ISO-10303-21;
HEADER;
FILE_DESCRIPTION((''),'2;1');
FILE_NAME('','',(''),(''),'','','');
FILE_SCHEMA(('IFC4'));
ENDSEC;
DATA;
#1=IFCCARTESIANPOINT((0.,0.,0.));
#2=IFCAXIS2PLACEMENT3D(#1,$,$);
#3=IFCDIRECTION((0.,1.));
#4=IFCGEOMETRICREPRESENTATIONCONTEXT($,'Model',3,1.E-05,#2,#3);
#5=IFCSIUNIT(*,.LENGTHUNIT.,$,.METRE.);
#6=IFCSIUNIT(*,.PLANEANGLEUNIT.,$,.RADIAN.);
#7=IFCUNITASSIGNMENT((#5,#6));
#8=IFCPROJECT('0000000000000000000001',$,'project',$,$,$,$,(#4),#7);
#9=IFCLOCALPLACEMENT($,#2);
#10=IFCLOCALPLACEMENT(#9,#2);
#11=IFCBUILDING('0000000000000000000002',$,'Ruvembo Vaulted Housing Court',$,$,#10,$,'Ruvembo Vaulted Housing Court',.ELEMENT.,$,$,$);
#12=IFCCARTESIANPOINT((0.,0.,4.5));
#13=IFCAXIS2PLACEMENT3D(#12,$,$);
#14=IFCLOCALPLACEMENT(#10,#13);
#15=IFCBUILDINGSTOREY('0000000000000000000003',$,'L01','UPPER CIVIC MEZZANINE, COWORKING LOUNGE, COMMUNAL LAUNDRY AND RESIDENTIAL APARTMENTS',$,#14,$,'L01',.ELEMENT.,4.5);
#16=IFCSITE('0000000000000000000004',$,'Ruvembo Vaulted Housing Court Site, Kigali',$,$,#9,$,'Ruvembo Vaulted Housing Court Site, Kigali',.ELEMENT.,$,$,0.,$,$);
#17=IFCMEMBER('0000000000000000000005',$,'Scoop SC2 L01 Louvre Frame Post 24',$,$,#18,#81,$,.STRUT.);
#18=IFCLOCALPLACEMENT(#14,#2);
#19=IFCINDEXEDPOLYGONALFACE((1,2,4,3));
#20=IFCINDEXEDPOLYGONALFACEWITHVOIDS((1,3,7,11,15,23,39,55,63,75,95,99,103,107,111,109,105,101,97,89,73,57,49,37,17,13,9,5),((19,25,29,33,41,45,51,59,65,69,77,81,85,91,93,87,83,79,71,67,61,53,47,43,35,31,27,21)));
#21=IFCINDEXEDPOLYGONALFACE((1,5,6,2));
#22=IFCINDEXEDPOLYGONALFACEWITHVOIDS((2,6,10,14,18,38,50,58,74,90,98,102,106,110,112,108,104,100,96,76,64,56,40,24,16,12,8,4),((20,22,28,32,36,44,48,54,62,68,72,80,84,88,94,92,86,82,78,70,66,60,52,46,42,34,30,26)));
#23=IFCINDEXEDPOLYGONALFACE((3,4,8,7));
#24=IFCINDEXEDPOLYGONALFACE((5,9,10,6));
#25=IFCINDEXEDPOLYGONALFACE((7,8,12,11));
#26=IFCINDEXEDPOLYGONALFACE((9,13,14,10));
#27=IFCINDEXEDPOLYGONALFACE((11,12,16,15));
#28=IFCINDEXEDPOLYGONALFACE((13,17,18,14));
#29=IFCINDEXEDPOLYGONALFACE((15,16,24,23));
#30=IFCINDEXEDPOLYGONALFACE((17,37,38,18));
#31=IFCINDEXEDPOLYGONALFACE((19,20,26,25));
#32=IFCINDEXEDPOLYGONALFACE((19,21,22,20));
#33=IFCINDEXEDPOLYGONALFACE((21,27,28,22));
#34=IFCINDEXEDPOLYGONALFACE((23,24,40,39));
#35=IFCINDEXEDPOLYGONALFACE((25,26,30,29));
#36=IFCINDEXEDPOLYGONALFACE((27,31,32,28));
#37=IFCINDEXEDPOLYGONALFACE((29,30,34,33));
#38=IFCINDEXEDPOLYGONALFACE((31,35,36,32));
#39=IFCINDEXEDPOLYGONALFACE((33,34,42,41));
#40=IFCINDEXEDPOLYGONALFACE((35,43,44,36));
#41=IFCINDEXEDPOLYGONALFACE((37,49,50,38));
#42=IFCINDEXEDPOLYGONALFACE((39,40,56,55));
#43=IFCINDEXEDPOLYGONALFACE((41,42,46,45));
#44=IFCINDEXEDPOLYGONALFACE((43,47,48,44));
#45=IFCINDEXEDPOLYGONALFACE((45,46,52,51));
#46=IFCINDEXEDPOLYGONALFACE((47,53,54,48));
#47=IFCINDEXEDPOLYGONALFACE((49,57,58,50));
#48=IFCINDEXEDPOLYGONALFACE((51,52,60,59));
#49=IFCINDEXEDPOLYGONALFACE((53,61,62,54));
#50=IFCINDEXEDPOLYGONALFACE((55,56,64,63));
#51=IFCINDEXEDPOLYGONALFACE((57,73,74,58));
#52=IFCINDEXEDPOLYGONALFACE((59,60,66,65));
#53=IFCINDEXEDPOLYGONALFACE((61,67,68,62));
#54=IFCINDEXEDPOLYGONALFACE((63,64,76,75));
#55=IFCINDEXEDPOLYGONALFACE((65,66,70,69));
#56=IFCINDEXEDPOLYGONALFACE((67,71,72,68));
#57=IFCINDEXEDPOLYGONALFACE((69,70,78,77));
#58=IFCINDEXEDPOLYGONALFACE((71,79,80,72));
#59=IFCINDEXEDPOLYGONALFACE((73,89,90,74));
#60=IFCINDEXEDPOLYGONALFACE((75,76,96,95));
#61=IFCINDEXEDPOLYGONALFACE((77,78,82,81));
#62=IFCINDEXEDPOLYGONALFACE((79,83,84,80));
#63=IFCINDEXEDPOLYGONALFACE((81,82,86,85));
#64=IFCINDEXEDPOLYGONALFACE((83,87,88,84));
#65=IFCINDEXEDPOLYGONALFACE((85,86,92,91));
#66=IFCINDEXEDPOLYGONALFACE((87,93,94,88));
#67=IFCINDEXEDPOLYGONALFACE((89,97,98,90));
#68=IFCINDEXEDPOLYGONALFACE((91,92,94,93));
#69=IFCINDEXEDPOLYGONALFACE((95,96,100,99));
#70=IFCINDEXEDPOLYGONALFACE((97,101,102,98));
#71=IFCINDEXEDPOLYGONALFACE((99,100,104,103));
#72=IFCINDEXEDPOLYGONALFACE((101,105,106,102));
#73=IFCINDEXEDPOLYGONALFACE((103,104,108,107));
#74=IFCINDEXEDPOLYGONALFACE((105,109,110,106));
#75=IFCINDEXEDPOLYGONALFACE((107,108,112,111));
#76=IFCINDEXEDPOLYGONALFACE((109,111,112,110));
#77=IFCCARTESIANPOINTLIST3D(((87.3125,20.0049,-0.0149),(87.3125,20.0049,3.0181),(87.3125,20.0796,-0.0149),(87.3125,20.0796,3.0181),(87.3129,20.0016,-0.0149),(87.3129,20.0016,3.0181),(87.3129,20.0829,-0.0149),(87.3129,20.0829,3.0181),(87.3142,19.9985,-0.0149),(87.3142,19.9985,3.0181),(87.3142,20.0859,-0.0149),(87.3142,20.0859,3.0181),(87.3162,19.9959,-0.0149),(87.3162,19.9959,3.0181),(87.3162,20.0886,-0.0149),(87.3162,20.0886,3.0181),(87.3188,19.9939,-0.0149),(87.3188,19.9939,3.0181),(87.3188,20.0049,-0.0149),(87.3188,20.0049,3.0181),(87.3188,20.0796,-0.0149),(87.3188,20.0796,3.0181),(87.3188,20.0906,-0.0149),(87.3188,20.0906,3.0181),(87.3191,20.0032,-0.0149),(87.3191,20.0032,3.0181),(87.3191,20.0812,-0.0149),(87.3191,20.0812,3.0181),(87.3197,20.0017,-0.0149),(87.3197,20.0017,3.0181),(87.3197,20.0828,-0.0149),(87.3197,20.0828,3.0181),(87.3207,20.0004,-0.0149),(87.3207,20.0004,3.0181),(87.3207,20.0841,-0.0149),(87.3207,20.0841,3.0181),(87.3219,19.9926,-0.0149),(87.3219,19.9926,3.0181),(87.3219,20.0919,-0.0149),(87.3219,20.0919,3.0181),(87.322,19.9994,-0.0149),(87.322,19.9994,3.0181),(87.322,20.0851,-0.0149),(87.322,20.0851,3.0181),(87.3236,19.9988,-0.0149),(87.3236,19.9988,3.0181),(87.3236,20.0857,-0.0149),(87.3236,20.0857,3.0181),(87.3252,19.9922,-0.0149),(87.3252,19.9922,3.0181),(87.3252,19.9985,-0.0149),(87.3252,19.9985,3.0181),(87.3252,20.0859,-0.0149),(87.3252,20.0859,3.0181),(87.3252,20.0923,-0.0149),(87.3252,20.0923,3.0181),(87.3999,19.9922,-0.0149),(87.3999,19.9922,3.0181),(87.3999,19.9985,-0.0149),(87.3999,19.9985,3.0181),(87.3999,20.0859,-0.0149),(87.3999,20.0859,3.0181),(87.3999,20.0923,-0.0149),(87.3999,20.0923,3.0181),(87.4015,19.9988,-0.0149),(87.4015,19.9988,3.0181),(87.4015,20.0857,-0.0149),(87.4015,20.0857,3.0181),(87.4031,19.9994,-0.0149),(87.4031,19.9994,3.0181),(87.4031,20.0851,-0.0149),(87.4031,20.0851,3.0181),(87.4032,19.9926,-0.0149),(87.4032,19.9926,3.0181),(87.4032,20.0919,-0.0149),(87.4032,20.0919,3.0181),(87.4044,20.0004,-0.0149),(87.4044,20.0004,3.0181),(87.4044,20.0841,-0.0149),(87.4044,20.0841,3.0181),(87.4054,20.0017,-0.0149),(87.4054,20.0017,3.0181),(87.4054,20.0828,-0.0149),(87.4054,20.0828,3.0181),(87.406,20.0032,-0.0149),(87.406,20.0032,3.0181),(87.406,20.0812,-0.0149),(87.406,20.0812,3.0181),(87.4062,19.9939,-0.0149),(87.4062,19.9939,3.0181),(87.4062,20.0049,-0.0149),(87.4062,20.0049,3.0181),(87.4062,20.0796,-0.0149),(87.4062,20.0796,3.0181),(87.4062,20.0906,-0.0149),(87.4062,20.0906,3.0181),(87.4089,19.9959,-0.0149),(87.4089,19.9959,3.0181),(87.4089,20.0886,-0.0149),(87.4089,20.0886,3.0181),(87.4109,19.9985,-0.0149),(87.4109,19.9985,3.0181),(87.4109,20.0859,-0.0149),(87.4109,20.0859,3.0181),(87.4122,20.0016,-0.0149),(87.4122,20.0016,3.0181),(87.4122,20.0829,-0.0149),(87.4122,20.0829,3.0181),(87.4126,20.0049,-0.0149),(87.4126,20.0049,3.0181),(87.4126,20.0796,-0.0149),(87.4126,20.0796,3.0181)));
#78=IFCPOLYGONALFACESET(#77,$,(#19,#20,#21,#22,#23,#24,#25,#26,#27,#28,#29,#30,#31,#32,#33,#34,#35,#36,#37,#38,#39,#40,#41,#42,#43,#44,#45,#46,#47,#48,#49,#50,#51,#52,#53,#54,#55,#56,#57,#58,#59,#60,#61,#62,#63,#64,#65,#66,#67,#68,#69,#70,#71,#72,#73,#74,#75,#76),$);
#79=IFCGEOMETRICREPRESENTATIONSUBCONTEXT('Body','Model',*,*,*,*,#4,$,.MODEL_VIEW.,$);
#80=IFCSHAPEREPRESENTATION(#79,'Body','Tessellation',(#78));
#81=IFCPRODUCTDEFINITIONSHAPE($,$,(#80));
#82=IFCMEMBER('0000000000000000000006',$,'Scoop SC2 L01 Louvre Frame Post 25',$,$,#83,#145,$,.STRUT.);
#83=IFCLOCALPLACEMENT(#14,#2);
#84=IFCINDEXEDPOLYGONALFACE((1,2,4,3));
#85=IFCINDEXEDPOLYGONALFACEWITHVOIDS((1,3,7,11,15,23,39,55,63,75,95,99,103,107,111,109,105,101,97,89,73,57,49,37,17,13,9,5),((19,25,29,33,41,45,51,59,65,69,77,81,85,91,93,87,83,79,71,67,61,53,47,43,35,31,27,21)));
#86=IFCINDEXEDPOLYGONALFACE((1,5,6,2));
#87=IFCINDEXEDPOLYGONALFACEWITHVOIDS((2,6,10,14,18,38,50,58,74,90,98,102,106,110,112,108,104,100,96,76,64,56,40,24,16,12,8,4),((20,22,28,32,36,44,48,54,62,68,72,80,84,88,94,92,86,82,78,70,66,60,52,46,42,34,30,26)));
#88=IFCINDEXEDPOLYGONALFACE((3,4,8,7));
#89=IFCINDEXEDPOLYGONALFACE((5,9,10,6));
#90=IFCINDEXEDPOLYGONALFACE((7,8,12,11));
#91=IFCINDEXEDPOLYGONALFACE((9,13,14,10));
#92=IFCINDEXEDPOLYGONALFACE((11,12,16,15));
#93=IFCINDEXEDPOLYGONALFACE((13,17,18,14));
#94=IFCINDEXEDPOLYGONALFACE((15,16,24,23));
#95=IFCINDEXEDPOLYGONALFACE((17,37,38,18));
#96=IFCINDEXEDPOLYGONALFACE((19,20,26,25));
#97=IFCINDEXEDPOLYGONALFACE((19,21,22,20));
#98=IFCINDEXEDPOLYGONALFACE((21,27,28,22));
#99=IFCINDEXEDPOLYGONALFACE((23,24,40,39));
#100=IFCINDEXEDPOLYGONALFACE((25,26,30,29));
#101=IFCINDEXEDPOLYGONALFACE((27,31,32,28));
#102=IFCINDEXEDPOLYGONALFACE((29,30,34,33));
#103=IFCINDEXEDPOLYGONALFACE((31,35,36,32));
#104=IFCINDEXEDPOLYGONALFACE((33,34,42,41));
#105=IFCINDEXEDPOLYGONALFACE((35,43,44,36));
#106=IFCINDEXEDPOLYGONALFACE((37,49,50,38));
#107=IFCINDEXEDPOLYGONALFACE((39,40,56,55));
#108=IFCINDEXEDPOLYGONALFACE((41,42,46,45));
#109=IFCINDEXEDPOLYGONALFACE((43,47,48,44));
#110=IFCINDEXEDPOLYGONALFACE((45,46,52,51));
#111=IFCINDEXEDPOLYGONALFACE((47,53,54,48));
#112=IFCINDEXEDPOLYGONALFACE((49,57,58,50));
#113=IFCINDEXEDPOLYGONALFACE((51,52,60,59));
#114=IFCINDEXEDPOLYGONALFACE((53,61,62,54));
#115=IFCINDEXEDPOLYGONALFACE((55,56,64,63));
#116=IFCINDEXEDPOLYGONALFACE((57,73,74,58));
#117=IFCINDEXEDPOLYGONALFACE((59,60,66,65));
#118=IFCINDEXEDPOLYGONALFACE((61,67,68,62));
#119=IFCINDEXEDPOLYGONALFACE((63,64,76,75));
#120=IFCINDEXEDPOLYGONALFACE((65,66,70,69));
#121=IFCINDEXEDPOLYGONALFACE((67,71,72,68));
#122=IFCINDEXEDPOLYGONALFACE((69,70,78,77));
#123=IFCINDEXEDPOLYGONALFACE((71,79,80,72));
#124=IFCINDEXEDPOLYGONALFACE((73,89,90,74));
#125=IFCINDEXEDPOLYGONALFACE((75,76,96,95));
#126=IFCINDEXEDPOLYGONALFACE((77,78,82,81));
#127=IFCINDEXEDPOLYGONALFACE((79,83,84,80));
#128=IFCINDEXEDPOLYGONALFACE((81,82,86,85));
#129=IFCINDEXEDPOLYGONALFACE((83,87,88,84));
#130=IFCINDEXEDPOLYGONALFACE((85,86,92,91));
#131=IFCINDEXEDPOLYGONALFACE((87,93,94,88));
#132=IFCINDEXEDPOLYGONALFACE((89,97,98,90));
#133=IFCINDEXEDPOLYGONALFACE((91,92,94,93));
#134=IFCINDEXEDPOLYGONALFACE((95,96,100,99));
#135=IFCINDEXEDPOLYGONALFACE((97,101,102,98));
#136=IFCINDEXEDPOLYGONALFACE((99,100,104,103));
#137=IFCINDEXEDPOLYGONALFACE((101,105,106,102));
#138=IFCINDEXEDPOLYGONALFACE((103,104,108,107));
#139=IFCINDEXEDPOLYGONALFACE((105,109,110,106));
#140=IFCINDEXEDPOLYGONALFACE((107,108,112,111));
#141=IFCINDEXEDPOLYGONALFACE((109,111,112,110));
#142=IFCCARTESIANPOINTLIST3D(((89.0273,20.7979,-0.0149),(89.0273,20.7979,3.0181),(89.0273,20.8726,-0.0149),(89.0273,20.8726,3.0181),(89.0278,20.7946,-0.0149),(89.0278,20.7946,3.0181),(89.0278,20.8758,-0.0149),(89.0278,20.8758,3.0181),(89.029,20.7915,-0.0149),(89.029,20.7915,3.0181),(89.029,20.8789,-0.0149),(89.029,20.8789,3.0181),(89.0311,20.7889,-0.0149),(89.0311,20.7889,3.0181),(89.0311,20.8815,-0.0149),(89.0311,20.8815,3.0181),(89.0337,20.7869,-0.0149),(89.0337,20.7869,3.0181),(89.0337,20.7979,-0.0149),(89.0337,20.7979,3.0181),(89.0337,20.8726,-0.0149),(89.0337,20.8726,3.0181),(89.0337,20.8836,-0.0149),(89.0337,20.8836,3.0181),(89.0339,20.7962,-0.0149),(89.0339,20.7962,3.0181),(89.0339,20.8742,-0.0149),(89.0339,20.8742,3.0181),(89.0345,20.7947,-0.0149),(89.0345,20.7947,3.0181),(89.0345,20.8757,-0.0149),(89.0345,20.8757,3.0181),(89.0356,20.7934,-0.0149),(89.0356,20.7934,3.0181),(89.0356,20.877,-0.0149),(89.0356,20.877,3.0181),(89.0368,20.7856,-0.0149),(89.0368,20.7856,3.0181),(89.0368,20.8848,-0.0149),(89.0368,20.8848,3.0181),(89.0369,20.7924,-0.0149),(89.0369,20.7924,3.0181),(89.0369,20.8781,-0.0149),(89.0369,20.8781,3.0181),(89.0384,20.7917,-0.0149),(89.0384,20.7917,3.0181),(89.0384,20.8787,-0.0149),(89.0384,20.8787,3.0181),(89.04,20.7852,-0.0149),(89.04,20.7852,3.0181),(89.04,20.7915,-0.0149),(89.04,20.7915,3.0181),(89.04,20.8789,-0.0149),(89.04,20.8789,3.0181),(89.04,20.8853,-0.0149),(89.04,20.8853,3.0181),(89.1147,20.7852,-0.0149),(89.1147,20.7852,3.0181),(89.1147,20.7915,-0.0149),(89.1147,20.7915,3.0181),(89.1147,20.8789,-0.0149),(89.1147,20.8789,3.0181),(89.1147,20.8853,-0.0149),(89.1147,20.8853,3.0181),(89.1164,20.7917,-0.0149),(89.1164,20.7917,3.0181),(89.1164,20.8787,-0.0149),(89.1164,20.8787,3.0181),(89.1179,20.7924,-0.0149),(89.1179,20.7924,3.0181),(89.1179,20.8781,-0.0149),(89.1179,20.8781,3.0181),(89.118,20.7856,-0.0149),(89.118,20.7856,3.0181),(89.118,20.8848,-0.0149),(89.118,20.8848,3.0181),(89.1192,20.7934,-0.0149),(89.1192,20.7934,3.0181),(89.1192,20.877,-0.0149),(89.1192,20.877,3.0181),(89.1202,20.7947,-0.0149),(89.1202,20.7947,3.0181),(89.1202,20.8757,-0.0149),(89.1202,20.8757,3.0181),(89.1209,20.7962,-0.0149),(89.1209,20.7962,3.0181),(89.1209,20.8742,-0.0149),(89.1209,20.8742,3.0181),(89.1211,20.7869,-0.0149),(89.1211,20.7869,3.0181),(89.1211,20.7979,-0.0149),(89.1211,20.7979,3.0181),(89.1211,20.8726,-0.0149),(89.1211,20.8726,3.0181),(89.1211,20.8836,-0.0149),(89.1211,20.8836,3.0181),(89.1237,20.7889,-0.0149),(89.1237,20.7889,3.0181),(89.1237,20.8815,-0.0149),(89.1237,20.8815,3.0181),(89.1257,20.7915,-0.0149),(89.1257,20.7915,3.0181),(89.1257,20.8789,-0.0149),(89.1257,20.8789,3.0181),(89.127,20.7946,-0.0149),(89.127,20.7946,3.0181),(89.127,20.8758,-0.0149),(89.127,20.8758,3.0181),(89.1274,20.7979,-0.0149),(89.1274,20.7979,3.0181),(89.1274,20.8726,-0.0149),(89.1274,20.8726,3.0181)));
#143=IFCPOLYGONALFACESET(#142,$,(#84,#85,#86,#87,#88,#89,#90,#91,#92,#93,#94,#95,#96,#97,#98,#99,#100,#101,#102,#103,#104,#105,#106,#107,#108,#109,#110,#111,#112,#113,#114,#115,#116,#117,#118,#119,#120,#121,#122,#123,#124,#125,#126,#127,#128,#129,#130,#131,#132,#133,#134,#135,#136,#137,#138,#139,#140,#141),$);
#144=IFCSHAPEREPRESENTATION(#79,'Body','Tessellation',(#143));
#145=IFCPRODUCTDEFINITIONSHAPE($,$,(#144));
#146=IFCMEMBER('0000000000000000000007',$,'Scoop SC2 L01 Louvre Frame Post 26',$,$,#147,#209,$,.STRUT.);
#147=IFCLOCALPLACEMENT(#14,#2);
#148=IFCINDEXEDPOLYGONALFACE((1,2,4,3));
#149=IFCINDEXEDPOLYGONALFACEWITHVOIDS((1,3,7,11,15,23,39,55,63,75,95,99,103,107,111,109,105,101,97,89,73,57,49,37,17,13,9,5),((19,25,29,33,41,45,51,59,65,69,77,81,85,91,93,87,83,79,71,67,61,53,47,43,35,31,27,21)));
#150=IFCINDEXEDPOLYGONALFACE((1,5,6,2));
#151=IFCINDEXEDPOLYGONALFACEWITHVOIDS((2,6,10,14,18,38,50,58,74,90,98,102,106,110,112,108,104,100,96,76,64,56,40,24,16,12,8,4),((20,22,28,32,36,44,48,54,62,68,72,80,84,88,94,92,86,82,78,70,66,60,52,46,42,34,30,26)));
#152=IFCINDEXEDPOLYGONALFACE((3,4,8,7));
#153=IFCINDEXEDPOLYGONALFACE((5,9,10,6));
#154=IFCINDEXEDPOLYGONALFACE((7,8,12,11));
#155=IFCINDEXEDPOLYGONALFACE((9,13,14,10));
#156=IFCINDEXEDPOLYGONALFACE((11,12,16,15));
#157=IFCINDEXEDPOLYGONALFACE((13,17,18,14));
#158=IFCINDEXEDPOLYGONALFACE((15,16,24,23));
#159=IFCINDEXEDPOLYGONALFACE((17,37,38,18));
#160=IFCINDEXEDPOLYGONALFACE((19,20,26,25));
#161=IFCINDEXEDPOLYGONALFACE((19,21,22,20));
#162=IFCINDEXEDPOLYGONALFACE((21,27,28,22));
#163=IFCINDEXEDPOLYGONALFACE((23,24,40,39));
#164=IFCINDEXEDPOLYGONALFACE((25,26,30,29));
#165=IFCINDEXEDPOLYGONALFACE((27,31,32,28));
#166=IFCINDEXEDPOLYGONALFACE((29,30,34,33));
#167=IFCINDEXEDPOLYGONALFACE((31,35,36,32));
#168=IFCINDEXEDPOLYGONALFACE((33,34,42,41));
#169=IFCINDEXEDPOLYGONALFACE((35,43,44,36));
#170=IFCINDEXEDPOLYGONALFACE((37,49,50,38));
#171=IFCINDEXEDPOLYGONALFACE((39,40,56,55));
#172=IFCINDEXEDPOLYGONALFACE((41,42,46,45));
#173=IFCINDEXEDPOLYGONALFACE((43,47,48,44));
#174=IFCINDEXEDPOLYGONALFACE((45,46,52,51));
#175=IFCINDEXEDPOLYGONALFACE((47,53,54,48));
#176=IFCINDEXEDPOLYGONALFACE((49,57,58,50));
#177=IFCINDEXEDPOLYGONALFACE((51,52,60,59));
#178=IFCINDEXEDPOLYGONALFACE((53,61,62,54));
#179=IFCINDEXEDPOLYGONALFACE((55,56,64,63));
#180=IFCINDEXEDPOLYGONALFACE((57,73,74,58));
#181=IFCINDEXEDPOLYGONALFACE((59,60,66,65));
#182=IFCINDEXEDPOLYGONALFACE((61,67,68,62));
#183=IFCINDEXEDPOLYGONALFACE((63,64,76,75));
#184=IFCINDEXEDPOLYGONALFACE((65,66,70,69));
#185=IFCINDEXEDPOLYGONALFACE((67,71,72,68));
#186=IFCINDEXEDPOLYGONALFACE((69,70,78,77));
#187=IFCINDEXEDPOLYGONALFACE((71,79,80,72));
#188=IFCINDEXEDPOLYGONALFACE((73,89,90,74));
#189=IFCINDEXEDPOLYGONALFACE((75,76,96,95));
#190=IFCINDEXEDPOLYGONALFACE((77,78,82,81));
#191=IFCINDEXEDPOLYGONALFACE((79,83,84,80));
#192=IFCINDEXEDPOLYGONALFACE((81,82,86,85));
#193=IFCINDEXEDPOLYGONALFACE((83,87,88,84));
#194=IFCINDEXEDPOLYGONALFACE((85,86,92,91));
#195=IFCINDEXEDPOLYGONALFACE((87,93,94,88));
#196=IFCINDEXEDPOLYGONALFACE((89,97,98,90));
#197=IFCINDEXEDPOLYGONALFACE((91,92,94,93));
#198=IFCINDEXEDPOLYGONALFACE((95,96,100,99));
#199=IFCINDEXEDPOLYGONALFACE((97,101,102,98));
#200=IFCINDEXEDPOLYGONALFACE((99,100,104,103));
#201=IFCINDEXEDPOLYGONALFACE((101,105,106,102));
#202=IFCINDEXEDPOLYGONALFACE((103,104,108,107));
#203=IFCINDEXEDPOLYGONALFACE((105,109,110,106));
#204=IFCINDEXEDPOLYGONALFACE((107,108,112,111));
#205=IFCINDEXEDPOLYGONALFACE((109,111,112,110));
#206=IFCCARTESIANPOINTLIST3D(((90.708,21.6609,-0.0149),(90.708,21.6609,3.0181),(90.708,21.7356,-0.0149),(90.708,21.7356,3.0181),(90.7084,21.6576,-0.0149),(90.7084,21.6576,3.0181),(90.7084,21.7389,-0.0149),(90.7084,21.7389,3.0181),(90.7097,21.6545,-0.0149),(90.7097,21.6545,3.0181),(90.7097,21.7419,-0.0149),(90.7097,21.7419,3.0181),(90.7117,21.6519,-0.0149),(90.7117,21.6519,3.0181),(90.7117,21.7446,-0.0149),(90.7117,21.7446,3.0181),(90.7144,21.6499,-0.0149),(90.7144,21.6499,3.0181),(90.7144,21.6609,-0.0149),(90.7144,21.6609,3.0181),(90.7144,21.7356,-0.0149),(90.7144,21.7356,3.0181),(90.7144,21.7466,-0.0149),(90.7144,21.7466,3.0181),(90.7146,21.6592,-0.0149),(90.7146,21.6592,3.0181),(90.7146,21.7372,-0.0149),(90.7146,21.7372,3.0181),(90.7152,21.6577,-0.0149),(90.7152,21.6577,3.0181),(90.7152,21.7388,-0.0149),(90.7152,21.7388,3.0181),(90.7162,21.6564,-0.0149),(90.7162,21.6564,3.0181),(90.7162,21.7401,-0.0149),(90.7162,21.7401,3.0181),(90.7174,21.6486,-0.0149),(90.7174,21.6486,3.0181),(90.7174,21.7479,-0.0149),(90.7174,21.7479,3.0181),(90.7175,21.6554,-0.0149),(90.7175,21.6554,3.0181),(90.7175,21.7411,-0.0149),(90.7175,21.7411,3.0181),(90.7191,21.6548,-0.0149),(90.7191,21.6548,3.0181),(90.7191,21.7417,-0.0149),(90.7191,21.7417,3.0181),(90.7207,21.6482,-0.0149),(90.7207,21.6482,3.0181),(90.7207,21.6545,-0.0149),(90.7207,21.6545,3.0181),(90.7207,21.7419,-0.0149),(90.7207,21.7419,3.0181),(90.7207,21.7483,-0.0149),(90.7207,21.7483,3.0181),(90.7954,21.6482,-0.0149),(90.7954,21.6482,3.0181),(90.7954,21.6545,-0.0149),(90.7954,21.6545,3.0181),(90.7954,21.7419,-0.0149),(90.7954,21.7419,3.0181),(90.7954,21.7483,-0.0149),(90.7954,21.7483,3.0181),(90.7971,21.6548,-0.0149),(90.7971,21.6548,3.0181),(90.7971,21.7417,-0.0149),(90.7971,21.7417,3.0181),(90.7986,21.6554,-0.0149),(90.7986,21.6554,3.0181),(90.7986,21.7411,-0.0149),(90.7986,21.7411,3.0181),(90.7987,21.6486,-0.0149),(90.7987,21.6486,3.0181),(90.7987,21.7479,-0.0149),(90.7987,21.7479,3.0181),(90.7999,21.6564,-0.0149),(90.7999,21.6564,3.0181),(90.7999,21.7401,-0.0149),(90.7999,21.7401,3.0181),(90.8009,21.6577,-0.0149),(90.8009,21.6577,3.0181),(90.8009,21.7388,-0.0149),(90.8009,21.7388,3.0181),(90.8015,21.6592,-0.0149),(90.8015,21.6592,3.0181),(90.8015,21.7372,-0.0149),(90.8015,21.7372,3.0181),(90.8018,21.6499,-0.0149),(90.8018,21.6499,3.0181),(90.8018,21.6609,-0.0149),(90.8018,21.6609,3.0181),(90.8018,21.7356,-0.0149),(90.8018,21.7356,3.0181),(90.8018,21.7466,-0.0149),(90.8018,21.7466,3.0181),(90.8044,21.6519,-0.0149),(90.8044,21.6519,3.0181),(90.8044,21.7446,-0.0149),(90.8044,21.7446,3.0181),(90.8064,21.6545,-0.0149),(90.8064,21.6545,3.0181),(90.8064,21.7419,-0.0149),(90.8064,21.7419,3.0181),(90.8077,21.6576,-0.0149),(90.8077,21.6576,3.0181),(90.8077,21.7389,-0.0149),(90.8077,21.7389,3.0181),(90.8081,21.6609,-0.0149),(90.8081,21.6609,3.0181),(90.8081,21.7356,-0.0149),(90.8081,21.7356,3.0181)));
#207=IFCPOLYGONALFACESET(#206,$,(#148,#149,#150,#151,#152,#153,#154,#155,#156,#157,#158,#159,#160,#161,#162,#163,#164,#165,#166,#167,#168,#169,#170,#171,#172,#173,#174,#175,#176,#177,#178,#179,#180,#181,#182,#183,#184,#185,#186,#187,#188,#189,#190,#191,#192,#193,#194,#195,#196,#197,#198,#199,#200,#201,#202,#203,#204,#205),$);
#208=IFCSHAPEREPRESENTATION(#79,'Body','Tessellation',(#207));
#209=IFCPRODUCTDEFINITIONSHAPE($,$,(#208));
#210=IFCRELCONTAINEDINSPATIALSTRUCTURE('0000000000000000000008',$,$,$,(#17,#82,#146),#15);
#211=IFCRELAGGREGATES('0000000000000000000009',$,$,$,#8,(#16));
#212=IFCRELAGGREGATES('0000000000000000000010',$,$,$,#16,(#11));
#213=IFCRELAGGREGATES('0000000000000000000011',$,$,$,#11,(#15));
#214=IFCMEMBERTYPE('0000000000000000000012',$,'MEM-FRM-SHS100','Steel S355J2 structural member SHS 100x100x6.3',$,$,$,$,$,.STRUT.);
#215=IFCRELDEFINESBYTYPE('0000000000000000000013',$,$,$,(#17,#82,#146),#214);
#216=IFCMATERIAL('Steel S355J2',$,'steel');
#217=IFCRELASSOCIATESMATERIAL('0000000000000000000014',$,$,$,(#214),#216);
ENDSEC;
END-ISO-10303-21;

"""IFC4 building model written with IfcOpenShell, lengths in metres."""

from ifc_helpers import new_model, si_unit, direction, frame, origin, origin_2d, place, context, subcontext, project, spatial, hollow_rectangle, extrude, material, material_profile, profile_set, type_object, element, save


model = new_model("IFC4")

# Units and contexts
model_context = context("Model", 3, precision=1e-05, world=origin(), true_north=direction((0.0, 1.0)))
body_context = subcontext(model_context, "Body", "Model", "MODEL_VIEW")
ifc_project = project(units=[si_unit("LENGTHUNIT", "METRE"), si_unit("PLANEANGLEUNIT", "RADIAN")], contexts=[model_context])

# Site, building, storey
site_placement = place(None, origin())
site = spatial("IfcSite", under=ifc_project, at=site_placement, Name="Ruvembo Vaulted Housing Court Site, Kigali", LongName="Ruvembo Vaulted Housing Court Site, Kigali", CompositionType="ELEMENT", RefElevation=0.0)
building_placement = place(site_placement, origin())
building = spatial("IfcBuilding", under=site, at=building_placement, Name="Ruvembo Vaulted Housing Court", LongName="Ruvembo Vaulted Housing Court", CompositionType="ELEMENT")
storey_placement = place(building_placement, frame((0.0, 0.0, 4.5)))
storey = spatial("IfcBuildingStorey", under=building, at=storey_placement, Name="L01", Description="UPPER CIVIC MEZZANINE, COWORKING LOUNGE, COMMUNAL LAUNDRY AND RESIDENTIAL APARTMENTS", LongName="L01", CompositionType="ELEMENT", Elevation=4.5)

# Shared definitions
ifc_material_1 = material(Name="Steel S355J2", Category="steel")

# Members
ifc_material_profile_1 = material_profile(ifc_material_1, hollow_rectangle(XDim=0.1001, YDim=0.1001, WallThickness=0.0063, InnerFilletRadius=0.0063, OuterFilletRadius=0.0127, at=origin_2d()), Name="SHS 100x100x6.3")
ifc_profile_set_1 = profile_set([ifc_material_profile_1], Name="Steel S355J2")
member_type_1 = type_object("IfcMemberType", Name="MEM-FRM-SHS100", Description="Steel S355J2 structural member SHS 100x100x6.3", PredefinedType="STRUT", material=ifc_profile_set_1)
for number, where, z_axis, x_axis, name in (
    (1, (87.3625, 20.0422, -0.0149), (0.0, 0.0, 1.0), (1.0, 0.0, 0.0), "Scoop SC2 L01 Louvre Frame Post 24"),
    (2, (89.0774, 20.8352, -0.0149), (0.0, 0.0, 1.0), (1.0, 0.0, 0.0), "Scoop SC2 L01 Louvre Frame Post 25"),
    (3, (90.7581, 21.6982, -0.0149), (0.0, 0.0, 1.0), (1.0, 0.0, 0.0), "Scoop SC2 L01 Louvre Frame Post 26"),
):
    element("IfcMember", number, at=place(storey_placement, frame(where, z_axis=z_axis, x_axis=x_axis)), inside=storey, type_object=member_type_1, Name=name, PredefinedType="STRUT", context=body_context, shape_type="SweptSolid", body=[
        extrude(hollow_rectangle(XDim=0.1001, YDim=0.1001, WallThickness=0.0063, InnerFilletRadius=0.0063, OuterFilletRadius=0.0127, at=origin_2d()), origin(), (0.0, 0.0, 1.0), 3.033),
    ])

save(model, "model.ifc")
